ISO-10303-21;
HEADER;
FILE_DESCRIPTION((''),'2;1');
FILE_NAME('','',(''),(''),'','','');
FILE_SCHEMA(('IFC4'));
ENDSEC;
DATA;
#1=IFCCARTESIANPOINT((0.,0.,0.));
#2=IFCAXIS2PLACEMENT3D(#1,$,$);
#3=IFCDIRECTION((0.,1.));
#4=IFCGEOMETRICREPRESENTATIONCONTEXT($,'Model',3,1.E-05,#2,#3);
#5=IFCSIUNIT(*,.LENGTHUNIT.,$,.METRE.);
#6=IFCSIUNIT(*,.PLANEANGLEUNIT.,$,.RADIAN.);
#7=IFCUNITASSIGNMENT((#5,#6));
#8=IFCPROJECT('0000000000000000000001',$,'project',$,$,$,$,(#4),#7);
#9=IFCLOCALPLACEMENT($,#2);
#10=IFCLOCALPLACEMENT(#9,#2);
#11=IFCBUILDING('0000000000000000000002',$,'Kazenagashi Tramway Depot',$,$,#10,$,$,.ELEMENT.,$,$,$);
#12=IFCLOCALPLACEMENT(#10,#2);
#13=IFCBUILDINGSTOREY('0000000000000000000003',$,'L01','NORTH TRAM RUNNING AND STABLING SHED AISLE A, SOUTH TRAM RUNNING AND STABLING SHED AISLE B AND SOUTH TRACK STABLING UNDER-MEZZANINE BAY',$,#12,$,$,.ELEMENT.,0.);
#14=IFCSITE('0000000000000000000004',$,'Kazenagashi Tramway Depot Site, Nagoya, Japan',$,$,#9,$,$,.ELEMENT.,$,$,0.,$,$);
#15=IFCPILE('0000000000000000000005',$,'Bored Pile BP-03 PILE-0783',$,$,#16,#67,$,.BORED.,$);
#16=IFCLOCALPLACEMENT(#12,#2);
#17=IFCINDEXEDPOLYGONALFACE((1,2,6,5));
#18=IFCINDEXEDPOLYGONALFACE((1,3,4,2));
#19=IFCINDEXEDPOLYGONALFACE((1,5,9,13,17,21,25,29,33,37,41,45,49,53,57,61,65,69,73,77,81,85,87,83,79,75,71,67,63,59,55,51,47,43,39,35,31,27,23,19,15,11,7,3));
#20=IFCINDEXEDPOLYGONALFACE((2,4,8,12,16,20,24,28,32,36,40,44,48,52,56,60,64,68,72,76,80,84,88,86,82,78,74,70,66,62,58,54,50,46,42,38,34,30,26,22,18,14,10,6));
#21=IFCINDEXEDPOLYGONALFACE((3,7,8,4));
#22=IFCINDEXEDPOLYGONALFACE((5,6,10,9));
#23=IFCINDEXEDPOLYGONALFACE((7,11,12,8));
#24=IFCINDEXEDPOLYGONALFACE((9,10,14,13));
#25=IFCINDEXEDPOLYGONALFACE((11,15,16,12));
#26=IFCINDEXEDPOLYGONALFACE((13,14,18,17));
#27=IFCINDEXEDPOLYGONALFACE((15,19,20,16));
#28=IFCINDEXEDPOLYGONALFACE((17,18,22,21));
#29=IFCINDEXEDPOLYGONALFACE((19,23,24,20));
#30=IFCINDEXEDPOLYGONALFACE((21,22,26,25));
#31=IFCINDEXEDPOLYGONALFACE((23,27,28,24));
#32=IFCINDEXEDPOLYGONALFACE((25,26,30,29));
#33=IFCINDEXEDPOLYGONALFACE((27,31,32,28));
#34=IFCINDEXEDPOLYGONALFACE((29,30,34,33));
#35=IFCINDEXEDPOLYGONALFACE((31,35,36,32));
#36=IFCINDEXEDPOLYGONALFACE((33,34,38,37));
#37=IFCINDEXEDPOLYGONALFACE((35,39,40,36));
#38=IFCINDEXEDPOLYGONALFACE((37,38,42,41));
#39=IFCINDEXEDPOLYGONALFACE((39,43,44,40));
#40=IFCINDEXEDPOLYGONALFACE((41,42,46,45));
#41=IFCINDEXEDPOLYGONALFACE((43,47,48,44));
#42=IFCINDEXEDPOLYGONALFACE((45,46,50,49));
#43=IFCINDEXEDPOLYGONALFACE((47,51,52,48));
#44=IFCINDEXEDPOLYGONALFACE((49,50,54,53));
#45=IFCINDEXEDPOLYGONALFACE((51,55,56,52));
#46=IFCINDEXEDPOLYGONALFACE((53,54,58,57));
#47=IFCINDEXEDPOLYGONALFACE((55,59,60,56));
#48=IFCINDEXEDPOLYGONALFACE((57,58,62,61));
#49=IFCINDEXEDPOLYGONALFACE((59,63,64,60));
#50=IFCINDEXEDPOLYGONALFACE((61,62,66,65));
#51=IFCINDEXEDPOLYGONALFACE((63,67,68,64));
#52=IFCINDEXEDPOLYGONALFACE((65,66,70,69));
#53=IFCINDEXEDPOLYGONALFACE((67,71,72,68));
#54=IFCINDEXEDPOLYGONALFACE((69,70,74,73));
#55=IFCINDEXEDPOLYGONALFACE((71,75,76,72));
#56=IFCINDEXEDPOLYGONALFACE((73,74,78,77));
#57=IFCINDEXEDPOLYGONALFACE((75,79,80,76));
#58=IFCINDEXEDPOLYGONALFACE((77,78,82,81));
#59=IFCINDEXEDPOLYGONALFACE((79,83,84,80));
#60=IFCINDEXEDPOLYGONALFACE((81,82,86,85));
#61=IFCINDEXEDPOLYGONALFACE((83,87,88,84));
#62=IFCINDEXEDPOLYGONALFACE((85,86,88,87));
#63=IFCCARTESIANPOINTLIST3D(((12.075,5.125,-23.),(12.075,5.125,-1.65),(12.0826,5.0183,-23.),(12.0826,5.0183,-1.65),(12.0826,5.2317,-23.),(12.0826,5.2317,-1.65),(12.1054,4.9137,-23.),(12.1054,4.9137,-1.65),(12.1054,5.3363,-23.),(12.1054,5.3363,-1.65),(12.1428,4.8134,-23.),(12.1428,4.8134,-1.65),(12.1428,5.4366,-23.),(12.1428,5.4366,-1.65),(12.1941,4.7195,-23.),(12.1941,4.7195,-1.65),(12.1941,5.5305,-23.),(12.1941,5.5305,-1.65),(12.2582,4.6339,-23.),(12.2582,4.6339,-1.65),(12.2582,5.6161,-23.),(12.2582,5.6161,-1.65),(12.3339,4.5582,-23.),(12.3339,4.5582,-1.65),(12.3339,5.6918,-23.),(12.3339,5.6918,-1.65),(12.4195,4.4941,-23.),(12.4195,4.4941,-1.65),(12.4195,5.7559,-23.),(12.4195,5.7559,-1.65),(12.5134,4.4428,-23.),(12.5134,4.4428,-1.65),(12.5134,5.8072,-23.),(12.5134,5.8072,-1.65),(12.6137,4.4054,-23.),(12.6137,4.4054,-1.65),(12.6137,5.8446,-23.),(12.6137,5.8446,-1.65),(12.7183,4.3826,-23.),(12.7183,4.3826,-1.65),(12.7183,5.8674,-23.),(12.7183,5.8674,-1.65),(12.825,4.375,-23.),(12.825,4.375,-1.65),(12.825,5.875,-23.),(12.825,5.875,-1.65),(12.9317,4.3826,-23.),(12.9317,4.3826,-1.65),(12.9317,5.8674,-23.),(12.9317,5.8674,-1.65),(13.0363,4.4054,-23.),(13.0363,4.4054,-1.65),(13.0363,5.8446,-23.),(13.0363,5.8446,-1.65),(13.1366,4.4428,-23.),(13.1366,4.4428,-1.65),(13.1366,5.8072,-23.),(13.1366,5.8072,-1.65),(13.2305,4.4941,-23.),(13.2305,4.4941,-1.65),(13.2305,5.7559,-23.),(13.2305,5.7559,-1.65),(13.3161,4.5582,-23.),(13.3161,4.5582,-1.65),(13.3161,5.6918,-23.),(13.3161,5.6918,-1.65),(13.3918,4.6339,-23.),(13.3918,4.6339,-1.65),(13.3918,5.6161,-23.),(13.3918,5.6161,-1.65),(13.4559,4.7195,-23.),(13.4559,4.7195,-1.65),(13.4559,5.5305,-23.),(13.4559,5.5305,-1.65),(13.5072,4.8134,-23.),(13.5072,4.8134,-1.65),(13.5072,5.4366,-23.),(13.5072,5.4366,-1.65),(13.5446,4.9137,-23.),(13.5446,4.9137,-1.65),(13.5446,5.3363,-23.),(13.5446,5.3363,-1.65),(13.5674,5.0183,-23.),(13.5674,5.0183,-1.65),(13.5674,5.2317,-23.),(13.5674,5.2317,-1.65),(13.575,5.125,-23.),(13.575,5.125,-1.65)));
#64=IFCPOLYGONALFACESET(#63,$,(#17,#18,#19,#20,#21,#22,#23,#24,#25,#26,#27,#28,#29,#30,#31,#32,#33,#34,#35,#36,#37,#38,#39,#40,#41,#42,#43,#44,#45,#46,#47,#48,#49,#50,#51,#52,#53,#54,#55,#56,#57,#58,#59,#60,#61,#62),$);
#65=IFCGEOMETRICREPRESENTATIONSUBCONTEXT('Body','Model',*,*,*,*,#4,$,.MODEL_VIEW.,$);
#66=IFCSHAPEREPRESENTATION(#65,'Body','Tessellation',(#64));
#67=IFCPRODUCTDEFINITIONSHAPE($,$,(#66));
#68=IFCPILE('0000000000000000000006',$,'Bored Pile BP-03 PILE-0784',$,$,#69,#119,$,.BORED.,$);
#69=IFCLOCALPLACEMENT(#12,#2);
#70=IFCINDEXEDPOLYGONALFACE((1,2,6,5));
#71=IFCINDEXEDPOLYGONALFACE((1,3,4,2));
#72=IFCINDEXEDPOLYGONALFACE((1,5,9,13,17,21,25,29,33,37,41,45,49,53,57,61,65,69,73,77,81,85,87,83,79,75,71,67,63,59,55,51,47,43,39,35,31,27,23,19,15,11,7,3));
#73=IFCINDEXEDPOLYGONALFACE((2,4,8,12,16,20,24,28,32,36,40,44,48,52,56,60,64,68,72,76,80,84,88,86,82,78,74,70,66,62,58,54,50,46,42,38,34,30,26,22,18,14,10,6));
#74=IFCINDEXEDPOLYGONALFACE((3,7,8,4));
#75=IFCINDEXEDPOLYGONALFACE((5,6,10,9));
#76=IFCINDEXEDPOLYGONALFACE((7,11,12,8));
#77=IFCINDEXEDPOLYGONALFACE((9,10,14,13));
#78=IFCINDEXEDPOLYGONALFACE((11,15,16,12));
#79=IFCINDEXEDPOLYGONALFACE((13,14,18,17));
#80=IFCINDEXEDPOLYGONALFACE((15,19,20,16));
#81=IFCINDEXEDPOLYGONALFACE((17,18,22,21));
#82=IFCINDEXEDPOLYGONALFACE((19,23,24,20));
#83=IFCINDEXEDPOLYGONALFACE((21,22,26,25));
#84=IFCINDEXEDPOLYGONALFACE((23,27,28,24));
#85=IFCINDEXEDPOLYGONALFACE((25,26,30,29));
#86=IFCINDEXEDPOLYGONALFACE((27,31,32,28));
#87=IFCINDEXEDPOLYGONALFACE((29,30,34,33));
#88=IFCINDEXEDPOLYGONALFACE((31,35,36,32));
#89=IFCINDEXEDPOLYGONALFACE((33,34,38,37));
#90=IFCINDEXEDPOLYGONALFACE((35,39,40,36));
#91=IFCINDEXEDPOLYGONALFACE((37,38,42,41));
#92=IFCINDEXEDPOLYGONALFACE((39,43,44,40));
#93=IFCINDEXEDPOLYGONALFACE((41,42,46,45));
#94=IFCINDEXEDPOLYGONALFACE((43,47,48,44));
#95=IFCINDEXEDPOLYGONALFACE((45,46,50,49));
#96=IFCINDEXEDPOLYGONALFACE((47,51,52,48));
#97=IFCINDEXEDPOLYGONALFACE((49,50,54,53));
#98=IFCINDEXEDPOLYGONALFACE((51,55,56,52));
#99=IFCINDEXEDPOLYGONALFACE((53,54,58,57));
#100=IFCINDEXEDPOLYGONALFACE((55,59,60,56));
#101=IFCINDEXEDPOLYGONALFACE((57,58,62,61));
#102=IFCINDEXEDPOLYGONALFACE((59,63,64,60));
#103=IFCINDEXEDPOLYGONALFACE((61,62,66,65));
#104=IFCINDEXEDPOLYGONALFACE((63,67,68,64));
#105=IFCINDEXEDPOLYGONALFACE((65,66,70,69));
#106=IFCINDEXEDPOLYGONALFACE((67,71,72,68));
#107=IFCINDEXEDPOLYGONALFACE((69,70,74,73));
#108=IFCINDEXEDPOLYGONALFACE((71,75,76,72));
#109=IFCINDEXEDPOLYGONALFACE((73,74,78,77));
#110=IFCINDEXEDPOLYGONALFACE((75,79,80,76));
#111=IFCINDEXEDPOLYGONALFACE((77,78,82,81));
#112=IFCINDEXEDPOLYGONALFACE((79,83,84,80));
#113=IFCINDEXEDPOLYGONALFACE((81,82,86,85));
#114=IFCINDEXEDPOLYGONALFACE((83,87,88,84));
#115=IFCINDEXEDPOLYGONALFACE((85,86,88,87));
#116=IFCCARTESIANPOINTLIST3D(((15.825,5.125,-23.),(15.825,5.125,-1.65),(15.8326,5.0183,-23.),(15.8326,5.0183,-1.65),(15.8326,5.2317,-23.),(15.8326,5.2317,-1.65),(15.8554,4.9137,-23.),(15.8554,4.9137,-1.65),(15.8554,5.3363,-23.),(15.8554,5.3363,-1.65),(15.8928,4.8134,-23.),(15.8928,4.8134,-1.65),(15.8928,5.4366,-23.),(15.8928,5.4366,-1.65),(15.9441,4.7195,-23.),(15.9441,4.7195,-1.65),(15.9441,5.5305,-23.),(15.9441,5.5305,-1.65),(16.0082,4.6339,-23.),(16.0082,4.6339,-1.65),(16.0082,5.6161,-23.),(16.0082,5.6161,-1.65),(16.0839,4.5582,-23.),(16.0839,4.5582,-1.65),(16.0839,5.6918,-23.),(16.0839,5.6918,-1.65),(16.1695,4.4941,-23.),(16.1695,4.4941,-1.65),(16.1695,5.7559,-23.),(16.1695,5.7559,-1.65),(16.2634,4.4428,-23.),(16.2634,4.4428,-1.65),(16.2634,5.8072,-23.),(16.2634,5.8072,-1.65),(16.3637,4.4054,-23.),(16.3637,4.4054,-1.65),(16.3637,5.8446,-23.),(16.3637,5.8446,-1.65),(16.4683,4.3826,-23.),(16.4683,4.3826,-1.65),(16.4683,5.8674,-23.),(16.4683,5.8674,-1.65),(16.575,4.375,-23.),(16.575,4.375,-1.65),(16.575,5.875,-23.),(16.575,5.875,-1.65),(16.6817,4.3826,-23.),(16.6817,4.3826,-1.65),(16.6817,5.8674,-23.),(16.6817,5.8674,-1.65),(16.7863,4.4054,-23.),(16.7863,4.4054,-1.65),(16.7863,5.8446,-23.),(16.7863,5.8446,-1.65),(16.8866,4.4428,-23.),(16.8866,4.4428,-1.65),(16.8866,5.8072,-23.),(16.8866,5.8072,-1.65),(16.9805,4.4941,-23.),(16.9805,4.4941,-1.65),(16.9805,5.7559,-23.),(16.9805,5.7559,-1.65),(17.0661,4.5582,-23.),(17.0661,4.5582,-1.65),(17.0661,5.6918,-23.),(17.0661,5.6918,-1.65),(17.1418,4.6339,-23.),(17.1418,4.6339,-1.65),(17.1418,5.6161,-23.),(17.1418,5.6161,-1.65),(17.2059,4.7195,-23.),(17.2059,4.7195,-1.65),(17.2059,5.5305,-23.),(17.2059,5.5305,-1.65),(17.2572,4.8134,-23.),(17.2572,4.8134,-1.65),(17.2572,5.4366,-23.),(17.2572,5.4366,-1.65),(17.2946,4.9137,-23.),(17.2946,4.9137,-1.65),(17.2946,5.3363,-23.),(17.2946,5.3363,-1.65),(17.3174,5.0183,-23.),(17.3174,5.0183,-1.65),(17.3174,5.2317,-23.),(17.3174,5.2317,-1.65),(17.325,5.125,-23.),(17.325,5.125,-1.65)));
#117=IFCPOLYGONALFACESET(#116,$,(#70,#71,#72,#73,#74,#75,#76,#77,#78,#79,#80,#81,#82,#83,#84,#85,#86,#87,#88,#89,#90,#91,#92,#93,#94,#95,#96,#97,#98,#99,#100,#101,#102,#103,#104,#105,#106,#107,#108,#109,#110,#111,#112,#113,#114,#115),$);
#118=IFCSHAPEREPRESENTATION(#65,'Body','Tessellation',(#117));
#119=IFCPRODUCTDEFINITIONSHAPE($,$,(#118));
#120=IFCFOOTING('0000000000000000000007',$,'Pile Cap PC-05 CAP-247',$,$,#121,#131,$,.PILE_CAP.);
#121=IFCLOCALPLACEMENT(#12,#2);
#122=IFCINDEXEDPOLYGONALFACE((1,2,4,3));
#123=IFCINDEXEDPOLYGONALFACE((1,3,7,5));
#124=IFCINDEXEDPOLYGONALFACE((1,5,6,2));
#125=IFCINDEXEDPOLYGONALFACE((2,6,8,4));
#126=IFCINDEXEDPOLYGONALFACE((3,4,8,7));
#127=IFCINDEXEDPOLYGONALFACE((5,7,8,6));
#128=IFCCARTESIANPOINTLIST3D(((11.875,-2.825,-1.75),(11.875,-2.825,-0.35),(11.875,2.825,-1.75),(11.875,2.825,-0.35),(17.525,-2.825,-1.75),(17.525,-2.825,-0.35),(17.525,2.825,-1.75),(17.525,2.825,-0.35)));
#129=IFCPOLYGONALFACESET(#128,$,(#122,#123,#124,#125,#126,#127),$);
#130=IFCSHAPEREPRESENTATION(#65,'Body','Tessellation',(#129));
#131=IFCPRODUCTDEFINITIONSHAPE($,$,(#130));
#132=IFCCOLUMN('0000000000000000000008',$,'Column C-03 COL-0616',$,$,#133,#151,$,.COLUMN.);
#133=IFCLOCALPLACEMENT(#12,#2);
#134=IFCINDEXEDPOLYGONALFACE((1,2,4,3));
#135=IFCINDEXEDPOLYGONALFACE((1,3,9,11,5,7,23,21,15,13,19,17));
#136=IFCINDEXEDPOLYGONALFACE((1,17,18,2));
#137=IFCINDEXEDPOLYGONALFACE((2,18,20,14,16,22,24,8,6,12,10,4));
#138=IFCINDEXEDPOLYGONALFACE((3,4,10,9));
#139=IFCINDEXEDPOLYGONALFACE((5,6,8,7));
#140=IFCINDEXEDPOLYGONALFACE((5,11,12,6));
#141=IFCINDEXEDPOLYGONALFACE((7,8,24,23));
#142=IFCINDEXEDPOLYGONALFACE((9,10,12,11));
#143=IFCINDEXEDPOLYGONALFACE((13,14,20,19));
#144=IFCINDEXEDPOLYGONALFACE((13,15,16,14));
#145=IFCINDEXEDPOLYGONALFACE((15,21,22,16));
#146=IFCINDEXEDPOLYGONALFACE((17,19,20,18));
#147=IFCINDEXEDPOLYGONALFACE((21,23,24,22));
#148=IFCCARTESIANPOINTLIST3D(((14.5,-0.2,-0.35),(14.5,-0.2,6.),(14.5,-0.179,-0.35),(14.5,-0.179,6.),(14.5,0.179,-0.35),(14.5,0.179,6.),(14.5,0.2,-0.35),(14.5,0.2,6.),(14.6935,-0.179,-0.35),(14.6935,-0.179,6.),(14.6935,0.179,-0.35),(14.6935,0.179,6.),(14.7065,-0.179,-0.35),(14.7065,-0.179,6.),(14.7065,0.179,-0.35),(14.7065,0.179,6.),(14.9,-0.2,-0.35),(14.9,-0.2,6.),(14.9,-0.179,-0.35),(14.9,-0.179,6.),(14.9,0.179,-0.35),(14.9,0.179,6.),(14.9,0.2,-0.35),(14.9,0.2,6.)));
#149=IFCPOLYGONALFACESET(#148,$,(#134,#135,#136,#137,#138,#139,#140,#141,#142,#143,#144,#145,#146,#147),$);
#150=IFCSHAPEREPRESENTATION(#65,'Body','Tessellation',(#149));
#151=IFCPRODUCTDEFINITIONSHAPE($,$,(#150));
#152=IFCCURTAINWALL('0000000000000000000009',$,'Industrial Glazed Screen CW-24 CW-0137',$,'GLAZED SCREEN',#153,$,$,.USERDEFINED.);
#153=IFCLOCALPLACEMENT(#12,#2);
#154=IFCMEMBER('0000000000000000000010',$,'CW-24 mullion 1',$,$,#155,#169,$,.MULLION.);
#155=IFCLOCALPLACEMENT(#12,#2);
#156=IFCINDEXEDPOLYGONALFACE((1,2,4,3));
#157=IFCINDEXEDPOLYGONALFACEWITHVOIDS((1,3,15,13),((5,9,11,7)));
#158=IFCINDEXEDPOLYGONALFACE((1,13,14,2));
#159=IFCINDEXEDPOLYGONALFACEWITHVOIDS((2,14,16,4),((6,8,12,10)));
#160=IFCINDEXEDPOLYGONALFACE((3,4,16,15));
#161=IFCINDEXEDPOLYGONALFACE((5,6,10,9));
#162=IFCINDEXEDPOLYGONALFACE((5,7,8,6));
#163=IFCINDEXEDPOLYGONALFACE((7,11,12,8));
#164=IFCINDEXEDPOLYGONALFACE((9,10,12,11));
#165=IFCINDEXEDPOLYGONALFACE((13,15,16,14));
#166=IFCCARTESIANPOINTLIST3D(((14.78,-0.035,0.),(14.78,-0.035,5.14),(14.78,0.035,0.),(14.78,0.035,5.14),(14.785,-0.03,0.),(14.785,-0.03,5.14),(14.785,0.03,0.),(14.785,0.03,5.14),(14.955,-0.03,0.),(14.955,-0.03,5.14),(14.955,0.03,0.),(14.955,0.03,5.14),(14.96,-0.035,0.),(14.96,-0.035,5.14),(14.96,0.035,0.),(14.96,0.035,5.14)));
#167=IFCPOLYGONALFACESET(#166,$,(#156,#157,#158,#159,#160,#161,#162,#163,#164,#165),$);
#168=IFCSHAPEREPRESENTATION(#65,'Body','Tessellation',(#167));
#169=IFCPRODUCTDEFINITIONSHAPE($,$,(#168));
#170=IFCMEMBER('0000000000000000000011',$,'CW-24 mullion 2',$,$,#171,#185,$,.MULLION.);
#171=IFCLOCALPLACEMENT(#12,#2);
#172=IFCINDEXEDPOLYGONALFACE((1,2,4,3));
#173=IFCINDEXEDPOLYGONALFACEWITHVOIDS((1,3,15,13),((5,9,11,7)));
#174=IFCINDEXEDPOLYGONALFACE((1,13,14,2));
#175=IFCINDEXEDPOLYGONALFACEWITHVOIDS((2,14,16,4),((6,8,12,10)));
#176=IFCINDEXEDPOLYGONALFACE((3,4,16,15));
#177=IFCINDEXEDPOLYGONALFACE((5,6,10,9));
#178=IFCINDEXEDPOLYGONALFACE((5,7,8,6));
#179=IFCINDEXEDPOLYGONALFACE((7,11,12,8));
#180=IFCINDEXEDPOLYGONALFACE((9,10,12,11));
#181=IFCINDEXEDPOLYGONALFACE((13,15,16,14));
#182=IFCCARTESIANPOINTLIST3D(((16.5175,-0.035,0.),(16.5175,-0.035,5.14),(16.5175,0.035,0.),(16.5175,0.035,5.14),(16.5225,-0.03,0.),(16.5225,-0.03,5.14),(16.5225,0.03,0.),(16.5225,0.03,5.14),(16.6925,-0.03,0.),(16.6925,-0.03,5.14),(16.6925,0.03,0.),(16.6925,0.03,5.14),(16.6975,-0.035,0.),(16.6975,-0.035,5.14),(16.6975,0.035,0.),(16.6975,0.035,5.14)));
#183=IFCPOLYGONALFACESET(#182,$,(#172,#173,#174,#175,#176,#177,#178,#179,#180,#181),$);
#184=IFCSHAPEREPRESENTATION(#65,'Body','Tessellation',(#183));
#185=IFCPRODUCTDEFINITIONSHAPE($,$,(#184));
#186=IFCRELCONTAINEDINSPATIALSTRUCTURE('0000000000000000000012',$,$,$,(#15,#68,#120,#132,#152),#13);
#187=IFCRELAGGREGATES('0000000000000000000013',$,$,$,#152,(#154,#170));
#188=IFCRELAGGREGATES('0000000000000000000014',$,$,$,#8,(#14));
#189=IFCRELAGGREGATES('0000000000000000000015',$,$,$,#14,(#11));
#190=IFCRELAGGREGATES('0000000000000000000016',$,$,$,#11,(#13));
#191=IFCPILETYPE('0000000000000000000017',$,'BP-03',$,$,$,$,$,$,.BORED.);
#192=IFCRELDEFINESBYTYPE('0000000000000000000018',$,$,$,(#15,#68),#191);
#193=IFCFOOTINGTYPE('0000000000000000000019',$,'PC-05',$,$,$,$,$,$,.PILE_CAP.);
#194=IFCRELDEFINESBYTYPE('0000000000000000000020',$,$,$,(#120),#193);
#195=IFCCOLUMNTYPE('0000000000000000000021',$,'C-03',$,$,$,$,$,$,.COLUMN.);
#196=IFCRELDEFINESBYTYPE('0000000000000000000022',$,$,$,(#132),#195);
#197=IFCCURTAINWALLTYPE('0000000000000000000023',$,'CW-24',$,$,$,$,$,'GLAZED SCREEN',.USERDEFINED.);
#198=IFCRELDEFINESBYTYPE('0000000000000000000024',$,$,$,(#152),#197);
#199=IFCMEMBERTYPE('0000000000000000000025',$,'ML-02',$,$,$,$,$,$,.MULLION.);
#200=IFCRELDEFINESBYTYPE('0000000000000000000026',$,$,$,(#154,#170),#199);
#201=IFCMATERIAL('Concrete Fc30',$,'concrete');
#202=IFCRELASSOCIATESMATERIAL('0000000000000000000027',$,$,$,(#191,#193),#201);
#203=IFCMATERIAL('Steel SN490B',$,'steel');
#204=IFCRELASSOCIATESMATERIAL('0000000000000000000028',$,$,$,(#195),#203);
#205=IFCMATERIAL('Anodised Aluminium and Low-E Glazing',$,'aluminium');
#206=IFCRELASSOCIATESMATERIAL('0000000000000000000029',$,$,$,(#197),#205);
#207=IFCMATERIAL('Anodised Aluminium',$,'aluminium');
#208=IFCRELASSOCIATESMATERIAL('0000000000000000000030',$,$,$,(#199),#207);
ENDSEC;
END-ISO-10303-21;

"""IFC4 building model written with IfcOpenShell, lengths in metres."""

from ifc_helpers import new_model, si_unit, direction, frame, origin, origin_2d, place, context, subcontext, project, spatial, rectangle, hollow_rectangle, circle, i_section, extrude, material, material_profile, profile_set, type_object, element, aggregate, save


model = new_model("IFC4")

# Units and contexts
model_context = context("Model", 3, precision=1e-05, world=origin(), true_north=direction((0.0, 1.0)))
body_context = subcontext(model_context, "Body", "Model", "MODEL_VIEW")
ifc_project = project(units=[si_unit("LENGTHUNIT", "METRE"), si_unit("PLANEANGLEUNIT", "RADIAN")], contexts=[model_context])

# Site, building, storey
site_placement = place(None, origin())
site = spatial("IfcSite", under=ifc_project, at=site_placement, Name="Kazenagashi Tramway Depot Site, Nagoya, Japan", CompositionType="ELEMENT", RefElevation=0.0)
building_placement = place(site_placement, origin())
building = spatial("IfcBuilding", under=site, at=building_placement, Name="Kazenagashi Tramway Depot", CompositionType="ELEMENT")
storey_placement = place(building_placement, origin())
storey = spatial("IfcBuildingStorey", under=building, at=storey_placement, Name="L01", Description="NORTH TRAM RUNNING AND STABLING SHED AISLE A, SOUTH TRAM RUNNING AND STABLING SHED AISLE B AND SOUTH TRACK STABLING UNDER-MEZZANINE BAY", CompositionType="ELEMENT", Elevation=0.0)

# Piles
ifc_material_1 = material(Name="Concrete Fc30", Category="concrete")
ifc_material_profile_1 = material_profile(ifc_material_1, circle(Radius=0.75, at=origin_2d()), Name="PILE-1500")
ifc_profile_set_1 = profile_set([ifc_material_profile_1], Name="Concrete Fc30")
pile_type = type_object("IfcPileType", Name="BP-03", PredefinedType="BORED", material=ifc_profile_set_1)
for number, where, z_axis, x_axis, name in (
    (1, (12.825, 5.125, -1.65), (0.0, 0.0, -1.0), (1.0, 0.0, 0.0), "Bored Pile BP-03 PILE-0783"),
    (2, (16.575, 5.125, -1.65), (0.0, 0.0, -1.0), (1.0, 0.0, 0.0), "Bored Pile BP-03 PILE-0784"),
):
    element("IfcPile", number, at=place(storey_placement, frame(where, z_axis=z_axis, x_axis=x_axis)), inside=storey, type_object=pile_type, Name=name, PredefinedType="BORED", context=body_context, shape_type="SweptSolid", body=[
        extrude(circle(Radius=0.75, at=origin_2d()), origin(), (0.0, 0.0, 1.0), 21.35),
    ])

# Footing
footing_type = type_object("IfcFootingType", Name="PC-05", PredefinedType="PILE_CAP", material=ifc_material_1)
footing_placement = place(storey_placement, frame((14.7, 0.0, -1.75), z_axis=(0.0, 0.0, 1.0), x_axis=(1.0, 0.0, 0.0)))
element("IfcFooting", 3, at=footing_placement, inside=storey, type_object=footing_type, Name="Pile Cap PC-05 CAP-247", PredefinedType="PILE_CAP", context=body_context, shape_type="SweptSolid", body=[
    extrude(rectangle(XDim=5.65, YDim=5.65, at=origin_2d()), origin(), (0.0, 0.0, 1.0), 1.4),
])

# Column
ifc_material_2 = material(Name="Steel SN490B", Category="steel")
ifc_material_profile_2 = material_profile(ifc_material_2, i_section(OverallWidth=0.4, OverallDepth=0.4, WebThickness=0.013, FlangeThickness=0.021, at=origin_2d()), Name="H-400x400x13x21")
ifc_profile_set_2 = profile_set([ifc_material_profile_2], Name="Steel SN490B")
column_type = type_object("IfcColumnType", Name="C-03", PredefinedType="COLUMN", material=ifc_profile_set_2)
column_placement = place(storey_placement, frame((14.7, 0.0, -0.35), z_axis=(0.0, 0.0, 1.0), x_axis=(1.0, 0.0, 0.0)))
element("IfcColumn", 4, at=column_placement, inside=storey, type_object=column_type, Name="Column C-03 COL-0616", PredefinedType="COLUMN", context=body_context, shape_type="SweptSolid", body=[
    extrude(i_section(OverallWidth=0.4, OverallDepth=0.4, WebThickness=0.013, FlangeThickness=0.021, at=origin_2d()), origin(), (0.0, 0.0, 1.0), 6.35),
])

# Curtain wall, members
ifc_material_3 = material(Name="Anodised Aluminium and Low-E Glazing", Category="aluminium")
curtain_wall_type = type_object("IfcCurtainWallType", Name="CW-24", ElementType="GLAZED SCREEN", PredefinedType="USERDEFINED", material=ifc_material_3)
curtain_wall_placement = place(storey_placement, origin())
curtain_wall = element("IfcCurtainWall", 5, at=curtain_wall_placement, inside=storey, type_object=curtain_wall_type, Name="Industrial Glazed Screen CW-24 CW-0137", ObjectType="GLAZED SCREEN", PredefinedType="USERDEFINED")
ifc_material_4 = material(Name="Anodised Aluminium", Category="aluminium")
ifc_material_profile_3 = material_profile(ifc_material_4, hollow_rectangle(XDim=0.07, YDim=0.18, WallThickness=0.005, at=origin_2d()), Name="RHS-180x70x5")
ifc_profile_set_3 = profile_set([ifc_material_profile_3], Name="Anodised Aluminium")
member_type_1 = type_object("IfcMemberType", Name="ML-02", PredefinedType="MULLION", material=ifc_profile_set_3)
member_1_placement = place(storey_placement, frame((14.87, 0.0, 0.0), z_axis=(0.0, 0.0, 1.0), x_axis=(0.0, 1.0, 0.0)))
member_1 = element("IfcMember", 6, at=member_1_placement, type_object=member_type_1, Name="CW-24 mullion 1", PredefinedType="MULLION", context=body_context, shape_type="SweptSolid", body=[
    extrude(hollow_rectangle(XDim=0.07, YDim=0.18, WallThickness=0.005, at=origin_2d()), origin(), (0.0, 0.0, 1.0), 5.14),
])
member_2_placement = place(storey_placement, frame((16.6075, 0.0, 0.0), z_axis=(0.0, 0.0, 1.0), x_axis=(0.0, 1.0, 0.0)))
member_2 = element("IfcMember", 7, at=member_2_placement, type_object=member_type_1, Name="CW-24 mullion 2", PredefinedType="MULLION", context=body_context, shape_type="SweptSolid", body=[
    extrude(hollow_rectangle(XDim=0.07, YDim=0.18, WallThickness=0.005, at=origin_2d()), origin(), (0.0, 0.0, 1.0), 5.14),
])
aggregate(curtain_wall, [member_1, member_2])

save(model, "model.ifc")
